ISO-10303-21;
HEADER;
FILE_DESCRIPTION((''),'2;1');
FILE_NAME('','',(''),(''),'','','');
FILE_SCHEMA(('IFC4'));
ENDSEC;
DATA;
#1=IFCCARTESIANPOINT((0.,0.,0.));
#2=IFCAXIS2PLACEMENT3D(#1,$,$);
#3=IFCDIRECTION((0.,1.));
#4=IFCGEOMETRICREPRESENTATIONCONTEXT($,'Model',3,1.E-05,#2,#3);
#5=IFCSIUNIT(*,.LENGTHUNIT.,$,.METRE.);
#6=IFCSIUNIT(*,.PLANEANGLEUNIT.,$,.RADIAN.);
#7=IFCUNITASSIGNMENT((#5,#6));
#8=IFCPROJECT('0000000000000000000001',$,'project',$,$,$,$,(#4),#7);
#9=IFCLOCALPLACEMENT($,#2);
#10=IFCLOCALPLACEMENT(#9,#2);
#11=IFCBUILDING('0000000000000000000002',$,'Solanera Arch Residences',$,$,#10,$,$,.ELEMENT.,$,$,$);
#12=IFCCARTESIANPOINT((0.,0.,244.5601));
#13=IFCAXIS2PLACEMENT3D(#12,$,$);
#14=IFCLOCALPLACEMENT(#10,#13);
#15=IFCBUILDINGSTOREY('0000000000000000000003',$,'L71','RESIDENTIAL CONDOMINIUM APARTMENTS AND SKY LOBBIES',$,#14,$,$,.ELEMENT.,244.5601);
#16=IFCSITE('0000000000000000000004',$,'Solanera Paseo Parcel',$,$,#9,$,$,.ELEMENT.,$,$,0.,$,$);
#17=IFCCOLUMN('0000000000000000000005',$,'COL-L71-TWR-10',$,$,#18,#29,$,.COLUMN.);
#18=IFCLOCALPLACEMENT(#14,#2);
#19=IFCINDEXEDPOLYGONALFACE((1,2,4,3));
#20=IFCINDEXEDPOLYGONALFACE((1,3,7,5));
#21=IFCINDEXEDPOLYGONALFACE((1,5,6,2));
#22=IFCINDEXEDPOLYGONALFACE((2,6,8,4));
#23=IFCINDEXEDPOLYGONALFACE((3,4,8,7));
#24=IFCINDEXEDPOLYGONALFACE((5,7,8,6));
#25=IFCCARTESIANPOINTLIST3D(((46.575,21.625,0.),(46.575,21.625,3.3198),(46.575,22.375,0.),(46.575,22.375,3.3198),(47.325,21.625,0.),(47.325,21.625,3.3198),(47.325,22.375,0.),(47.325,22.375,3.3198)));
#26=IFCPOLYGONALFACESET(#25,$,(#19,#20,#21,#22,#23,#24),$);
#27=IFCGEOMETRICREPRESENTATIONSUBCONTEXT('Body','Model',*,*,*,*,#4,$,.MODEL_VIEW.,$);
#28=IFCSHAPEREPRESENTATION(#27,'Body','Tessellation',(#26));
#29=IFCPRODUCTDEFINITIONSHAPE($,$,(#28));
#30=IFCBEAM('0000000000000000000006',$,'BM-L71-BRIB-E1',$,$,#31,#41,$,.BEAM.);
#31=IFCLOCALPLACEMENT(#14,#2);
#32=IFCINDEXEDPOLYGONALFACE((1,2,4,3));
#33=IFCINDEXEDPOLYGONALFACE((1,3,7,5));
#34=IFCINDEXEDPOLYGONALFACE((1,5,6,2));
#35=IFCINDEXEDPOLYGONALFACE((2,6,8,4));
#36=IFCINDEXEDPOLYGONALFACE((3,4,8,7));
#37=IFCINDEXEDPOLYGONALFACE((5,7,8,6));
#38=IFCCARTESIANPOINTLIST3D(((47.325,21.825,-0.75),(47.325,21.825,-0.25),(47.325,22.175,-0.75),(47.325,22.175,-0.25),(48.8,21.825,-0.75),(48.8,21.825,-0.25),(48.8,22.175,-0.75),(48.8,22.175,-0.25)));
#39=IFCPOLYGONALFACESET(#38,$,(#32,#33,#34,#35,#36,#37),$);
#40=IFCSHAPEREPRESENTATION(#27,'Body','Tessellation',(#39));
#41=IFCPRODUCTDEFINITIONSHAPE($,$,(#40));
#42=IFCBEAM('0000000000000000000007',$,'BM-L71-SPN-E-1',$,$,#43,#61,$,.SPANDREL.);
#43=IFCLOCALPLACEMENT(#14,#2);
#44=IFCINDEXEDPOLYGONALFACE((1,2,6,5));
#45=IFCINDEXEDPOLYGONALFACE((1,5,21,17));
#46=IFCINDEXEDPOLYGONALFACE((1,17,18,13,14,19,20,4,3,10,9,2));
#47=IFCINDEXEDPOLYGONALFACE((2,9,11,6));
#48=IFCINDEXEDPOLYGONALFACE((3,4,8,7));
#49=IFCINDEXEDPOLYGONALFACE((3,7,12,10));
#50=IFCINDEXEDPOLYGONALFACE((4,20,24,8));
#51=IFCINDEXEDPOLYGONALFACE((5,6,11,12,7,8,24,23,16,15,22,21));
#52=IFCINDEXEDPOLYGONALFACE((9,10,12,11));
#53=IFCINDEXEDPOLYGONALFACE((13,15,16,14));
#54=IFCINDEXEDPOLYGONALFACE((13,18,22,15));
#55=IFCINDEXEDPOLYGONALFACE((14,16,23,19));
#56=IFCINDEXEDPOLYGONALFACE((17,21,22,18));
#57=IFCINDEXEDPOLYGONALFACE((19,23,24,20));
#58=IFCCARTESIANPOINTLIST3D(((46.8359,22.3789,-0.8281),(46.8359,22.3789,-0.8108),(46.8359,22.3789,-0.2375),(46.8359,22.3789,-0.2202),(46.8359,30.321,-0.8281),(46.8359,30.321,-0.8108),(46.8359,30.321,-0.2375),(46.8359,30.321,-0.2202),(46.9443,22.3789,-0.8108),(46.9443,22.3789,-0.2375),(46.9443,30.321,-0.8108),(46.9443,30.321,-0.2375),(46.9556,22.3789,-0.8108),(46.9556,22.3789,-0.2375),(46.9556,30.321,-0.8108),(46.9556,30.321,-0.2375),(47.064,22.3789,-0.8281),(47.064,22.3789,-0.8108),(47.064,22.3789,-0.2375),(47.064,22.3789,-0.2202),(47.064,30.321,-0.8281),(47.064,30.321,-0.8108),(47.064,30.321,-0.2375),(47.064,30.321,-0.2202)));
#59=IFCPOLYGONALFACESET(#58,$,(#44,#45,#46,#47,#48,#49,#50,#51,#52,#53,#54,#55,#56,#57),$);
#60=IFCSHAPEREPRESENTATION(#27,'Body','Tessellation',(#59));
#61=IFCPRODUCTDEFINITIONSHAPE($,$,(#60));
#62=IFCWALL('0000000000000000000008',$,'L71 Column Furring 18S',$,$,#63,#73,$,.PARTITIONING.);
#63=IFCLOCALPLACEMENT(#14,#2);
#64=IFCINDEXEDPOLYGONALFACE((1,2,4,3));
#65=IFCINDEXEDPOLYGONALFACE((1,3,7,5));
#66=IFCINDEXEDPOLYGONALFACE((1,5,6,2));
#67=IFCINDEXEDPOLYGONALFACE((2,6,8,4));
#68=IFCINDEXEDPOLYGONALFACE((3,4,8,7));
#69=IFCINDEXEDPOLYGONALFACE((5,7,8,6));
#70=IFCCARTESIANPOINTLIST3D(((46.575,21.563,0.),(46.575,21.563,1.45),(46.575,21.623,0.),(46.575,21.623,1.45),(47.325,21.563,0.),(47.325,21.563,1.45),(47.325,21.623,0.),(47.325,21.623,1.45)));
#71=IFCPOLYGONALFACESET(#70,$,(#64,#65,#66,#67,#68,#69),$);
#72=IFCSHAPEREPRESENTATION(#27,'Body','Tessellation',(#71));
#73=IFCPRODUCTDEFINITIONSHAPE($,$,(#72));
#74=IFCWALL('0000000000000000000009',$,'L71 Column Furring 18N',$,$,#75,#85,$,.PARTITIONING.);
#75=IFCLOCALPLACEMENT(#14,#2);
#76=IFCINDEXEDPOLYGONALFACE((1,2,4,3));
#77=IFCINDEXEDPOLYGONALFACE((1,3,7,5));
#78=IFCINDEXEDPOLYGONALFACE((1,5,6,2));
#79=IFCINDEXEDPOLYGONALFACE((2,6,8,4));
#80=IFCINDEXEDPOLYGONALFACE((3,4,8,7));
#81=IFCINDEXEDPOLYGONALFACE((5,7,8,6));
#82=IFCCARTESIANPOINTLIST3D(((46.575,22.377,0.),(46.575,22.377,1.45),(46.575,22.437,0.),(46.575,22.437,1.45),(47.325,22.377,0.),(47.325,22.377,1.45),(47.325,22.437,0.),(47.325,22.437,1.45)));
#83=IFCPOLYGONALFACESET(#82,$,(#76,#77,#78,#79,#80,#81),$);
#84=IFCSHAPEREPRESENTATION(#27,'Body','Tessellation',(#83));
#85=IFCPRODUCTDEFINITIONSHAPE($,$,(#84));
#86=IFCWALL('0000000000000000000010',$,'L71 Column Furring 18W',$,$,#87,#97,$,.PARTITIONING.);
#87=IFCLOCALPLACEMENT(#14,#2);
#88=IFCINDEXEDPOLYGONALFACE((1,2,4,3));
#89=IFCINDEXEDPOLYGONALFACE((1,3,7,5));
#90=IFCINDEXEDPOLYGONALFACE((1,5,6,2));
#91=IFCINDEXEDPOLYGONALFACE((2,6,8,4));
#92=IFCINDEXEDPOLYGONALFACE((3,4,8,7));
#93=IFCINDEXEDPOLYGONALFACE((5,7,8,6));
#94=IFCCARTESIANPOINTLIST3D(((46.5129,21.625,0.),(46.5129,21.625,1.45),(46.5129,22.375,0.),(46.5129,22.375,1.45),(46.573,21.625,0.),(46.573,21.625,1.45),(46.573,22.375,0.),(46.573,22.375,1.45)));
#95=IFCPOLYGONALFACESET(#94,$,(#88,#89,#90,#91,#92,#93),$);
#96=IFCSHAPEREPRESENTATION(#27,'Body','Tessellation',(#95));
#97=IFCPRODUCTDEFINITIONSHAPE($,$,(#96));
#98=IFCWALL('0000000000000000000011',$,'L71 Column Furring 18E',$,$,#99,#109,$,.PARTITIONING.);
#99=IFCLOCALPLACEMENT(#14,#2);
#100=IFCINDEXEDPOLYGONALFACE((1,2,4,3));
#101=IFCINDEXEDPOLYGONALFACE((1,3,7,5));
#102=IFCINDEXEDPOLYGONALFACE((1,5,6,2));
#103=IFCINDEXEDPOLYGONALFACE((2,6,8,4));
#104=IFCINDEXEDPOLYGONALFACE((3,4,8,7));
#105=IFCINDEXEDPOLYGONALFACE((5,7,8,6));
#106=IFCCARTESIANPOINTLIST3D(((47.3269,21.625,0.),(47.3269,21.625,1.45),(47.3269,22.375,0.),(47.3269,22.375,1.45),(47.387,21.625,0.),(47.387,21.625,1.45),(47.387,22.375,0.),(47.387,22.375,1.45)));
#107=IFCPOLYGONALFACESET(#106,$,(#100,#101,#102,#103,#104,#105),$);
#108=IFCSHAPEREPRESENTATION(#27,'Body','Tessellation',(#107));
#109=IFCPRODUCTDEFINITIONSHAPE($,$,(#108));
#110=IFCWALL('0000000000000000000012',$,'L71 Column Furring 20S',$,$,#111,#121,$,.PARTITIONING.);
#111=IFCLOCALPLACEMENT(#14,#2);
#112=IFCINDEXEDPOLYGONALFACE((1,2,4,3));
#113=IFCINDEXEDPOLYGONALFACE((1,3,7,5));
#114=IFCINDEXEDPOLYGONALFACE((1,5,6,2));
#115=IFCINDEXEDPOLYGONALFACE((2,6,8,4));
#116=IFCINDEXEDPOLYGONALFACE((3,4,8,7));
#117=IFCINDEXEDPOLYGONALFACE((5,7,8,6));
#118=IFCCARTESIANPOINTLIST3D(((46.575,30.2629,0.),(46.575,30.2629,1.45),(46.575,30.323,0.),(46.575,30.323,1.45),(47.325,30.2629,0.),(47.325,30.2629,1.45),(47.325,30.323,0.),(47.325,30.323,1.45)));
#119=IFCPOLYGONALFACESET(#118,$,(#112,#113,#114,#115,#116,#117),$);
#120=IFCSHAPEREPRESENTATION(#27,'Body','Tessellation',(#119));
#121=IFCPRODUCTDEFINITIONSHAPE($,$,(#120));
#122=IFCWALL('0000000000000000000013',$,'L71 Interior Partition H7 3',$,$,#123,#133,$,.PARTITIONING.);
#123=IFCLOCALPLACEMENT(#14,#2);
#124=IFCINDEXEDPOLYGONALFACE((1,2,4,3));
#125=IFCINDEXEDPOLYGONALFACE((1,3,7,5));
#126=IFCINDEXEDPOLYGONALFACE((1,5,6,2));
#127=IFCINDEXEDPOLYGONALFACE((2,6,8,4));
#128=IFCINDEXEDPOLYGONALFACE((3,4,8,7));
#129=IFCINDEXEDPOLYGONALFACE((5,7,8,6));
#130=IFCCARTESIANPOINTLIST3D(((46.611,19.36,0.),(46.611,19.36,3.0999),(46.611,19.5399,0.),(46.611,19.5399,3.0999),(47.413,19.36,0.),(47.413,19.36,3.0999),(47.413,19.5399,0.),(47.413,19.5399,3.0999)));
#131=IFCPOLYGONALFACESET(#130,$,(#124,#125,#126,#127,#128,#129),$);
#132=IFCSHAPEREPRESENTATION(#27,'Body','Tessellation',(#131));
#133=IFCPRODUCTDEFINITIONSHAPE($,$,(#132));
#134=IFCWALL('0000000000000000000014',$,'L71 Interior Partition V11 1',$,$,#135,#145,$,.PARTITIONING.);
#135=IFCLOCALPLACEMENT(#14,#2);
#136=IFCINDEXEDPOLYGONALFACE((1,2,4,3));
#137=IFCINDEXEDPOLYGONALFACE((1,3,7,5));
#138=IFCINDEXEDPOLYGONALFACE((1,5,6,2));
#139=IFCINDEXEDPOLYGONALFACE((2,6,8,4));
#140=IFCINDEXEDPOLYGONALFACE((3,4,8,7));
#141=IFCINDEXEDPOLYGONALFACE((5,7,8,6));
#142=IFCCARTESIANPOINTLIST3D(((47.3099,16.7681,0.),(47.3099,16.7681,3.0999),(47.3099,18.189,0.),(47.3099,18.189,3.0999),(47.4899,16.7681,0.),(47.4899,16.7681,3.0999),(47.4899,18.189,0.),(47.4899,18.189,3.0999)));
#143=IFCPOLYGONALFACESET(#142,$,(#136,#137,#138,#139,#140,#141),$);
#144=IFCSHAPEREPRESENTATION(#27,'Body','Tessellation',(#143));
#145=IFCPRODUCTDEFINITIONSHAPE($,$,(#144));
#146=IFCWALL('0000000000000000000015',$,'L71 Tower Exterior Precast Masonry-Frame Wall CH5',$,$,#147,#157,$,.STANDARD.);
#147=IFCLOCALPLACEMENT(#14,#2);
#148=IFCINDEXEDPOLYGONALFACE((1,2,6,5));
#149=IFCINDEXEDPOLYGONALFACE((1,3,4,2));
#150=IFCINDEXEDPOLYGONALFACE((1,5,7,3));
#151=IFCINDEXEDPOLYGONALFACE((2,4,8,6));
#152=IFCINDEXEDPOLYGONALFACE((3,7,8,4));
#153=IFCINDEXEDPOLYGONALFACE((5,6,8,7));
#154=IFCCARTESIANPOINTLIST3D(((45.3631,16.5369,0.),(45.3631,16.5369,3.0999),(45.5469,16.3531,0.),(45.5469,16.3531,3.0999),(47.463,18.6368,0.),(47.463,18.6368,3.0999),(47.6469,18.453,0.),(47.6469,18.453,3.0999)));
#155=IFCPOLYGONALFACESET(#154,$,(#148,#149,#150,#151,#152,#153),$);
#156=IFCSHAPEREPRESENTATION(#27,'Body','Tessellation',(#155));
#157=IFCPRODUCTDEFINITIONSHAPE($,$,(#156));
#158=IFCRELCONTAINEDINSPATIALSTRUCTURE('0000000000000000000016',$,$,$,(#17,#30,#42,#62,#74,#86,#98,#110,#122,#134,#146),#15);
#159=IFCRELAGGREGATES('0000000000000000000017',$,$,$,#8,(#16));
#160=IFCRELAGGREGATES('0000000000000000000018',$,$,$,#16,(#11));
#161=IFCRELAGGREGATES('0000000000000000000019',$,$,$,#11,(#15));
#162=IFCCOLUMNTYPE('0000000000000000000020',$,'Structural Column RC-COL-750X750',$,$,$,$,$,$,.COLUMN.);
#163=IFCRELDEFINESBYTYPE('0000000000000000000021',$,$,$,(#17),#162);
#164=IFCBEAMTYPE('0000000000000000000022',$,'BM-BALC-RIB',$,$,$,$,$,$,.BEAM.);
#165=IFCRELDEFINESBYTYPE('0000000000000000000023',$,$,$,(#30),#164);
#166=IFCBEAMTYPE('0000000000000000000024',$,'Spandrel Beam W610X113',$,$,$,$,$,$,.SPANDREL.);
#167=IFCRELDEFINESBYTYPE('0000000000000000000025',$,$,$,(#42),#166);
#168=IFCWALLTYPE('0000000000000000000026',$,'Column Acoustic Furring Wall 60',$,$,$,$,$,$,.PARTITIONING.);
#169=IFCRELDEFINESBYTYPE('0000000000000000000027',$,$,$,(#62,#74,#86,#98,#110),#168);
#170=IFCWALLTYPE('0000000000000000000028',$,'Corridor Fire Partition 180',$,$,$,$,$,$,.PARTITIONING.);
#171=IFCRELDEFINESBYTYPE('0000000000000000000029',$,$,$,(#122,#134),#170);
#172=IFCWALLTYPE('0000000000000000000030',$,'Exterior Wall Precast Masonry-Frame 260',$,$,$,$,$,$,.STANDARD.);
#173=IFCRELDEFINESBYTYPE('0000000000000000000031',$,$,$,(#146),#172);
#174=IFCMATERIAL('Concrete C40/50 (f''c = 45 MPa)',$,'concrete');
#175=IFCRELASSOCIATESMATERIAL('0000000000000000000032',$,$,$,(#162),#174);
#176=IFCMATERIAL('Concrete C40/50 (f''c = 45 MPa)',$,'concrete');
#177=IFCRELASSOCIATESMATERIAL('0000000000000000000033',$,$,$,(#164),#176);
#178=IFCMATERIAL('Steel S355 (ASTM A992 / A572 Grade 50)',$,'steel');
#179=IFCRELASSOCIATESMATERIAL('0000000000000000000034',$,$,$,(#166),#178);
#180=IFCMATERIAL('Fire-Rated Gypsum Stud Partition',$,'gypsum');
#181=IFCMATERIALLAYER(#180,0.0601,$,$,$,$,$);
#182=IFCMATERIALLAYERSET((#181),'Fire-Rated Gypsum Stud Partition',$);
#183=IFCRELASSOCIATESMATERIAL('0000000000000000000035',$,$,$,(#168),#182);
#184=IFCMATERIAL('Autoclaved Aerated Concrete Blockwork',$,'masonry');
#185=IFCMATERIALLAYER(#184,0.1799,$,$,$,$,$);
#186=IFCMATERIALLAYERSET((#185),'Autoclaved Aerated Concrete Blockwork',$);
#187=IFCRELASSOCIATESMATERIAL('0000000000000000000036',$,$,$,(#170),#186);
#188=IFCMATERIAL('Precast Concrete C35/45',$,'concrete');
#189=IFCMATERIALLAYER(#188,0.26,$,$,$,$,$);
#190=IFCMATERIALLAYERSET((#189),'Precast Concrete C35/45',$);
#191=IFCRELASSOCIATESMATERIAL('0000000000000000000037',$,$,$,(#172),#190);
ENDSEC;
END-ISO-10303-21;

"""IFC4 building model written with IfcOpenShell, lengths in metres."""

from ifc_helpers import new_model, si_unit, direction, frame, frame_2d, origin, origin_2d, place, context, subcontext, project, spatial, rectangle, i_section, extrude, material, layer, layer_set, material_profile, profile_set, type_object, element, save


model = new_model("IFC4")

# Units and contexts
model_context = context("Model", 3, precision=1e-05, world=origin(), true_north=direction((0.0, 1.0)))
body_context = subcontext(model_context, "Body", "Model", "MODEL_VIEW")
ifc_project = project(units=[si_unit("LENGTHUNIT", "METRE"), si_unit("PLANEANGLEUNIT", "RADIAN")], contexts=[model_context])

# Site, building, storey
site_placement = place(None, origin())
site = spatial("IfcSite", under=ifc_project, at=site_placement, Name="Solanera Paseo Parcel", CompositionType="ELEMENT", RefElevation=0.0)
building_placement = place(site_placement, origin())
building = spatial("IfcBuilding", under=site, at=building_placement, Name="Solanera Arch Residences", CompositionType="ELEMENT")
storey_placement = place(building_placement, frame((0.0, 0.0, 244.5601)))
storey = spatial("IfcBuildingStorey", under=building, at=storey_placement, Name="L71", Description="RESIDENTIAL CONDOMINIUM APARTMENTS AND SKY LOBBIES", CompositionType="ELEMENT", Elevation=244.5601)

# Column
ifc_material_1 = material(Name="Concrete C40/50 (f'c = 45 MPa)", Category="concrete")
ifc_material_profile_1 = material_profile(ifc_material_1, rectangle(XDim=0.75, YDim=0.75, at=origin_2d()))
ifc_profile_set_1 = profile_set([ifc_material_profile_1], Name="Concrete C40/50 (f'c = 45 MPa)")
column_type = type_object("IfcColumnType", Name="Structural Column RC-COL-750X750", PredefinedType="COLUMN", material=ifc_profile_set_1)
column_placement = place(storey_placement, frame((46.95, 22.0, 0.0), z_axis=(0.0, 0.0, 1.0), x_axis=(1.0, 0.0, 0.0)))
element("IfcColumn", 1, at=column_placement, inside=storey, type_object=column_type, Name="COL-L71-TWR-10", PredefinedType="COLUMN", context=body_context, shape_type="SweptSolid", body=[
    extrude(rectangle(XDim=0.75, YDim=0.75, at=origin_2d()), origin(), (0.0, 0.0, 1.0), 3.3198),
])

# Beams
ifc_material_2 = material(Name="Concrete C40/50 (f'c = 45 MPa)", Category="concrete")
ifc_material_profile_2 = material_profile(ifc_material_2, rectangle(XDim=0.3501, YDim=0.5, at=origin_2d()))
ifc_profile_set_2 = profile_set([ifc_material_profile_2], Name="Concrete C40/50 (f'c = 45 MPa)")
beam_type_1 = type_object("IfcBeamType", Name="BM-BALC-RIB", PredefinedType="BEAM", material=ifc_profile_set_2)
beam_1_placement = place(storey_placement, frame((47.325, 22.0, -0.5), z_axis=(1.0, 0.0, 0.0), x_axis=(0.0, 1.0, 0.0)))
element("IfcBeam", 2, at=beam_1_placement, inside=storey, type_object=beam_type_1, Name="BM-L71-BRIB-E1", PredefinedType="BEAM", context=body_context, shape_type="SweptSolid", body=[
    extrude(rectangle(XDim=0.3501, YDim=0.5, at=origin_2d()), origin(), (0.0, 0.0, 1.0), 1.4751),
])
ifc_material_3 = material(Name="Steel S355 (ASTM A992 / A572 Grade 50)", Category="steel")
ifc_material_profile_3 = material_profile(ifc_material_3, i_section(OverallWidth=0.228, OverallDepth=0.6079, WebThickness=0.0112, FlangeThickness=0.0173, at=origin_2d()))
ifc_profile_set_3 = profile_set([ifc_material_profile_3], Name="Steel S355 (ASTM A992 / A572 Grade 50)")
beam_type_2 = type_object("IfcBeamType", Name="Spandrel Beam W610X113", PredefinedType="SPANDREL", material=ifc_profile_set_3)
beam_2_placement = place(storey_placement, frame((46.95, 22.3789, -0.5242), z_axis=(0.0, 1.0, 0.0), x_axis=(-1.0, 0.0, 0.0)))
element("IfcBeam", 3, at=beam_2_placement, inside=storey, type_object=beam_type_2, Name="BM-L71-SPN-E-1", PredefinedType="SPANDREL", context=body_context, shape_type="SweptSolid", body=[
    extrude(i_section(OverallWidth=0.228, OverallDepth=0.6079, WebThickness=0.0112, FlangeThickness=0.0173, at=origin_2d()), origin(), (0.0, 0.0, 1.0), 7.9421),
])

# Walls
ifc_material_4 = material(Name="Fire-Rated Gypsum Stud Partition", Category="gypsum")
ifc_layer_1 = layer(ifc_material_4, 0.0601)
ifc_layer_set_1 = layer_set([ifc_layer_1], Name="Fire-Rated Gypsum Stud Partition")
wall_type_1 = type_object("IfcWallType", Name="Column Acoustic Furring Wall 60", PredefinedType="PARTITIONING", material=ifc_layer_set_1)
for number, where, z_axis, x_axis, name in (
    (4, (46.575, 21.593, 0.0), (0.0, 0.0, 1.0), (1.0, 0.0, 0.0), "L71 Column Furring 18S"),
    (5, (46.575, 22.407, 0.0), (0.0, 0.0, 1.0), (1.0, 0.0, 0.0), "L71 Column Furring 18N"),
    (6, (46.543, 21.625, 0.0), (0.0, 0.0, 1.0), (0.0, 1.0, 0.0), "L71 Column Furring 18W"),
    (7, (47.3569, 21.625, 0.0), (0.0, 0.0, 1.0), (0.0, 1.0, 0.0), "L71 Column Furring 18E"),
    (8, (46.575, 30.293, 0.0), (0.0, 0.0, 1.0), (1.0, 0.0, 0.0), "L71 Column Furring 20S"),
):
    element("IfcWall", number, at=place(storey_placement, frame(where, z_axis=z_axis, x_axis=x_axis)), inside=storey, type_object=wall_type_1, Name=name, PredefinedType="PARTITIONING", context=body_context, shape_type="SweptSolid", body=[
        extrude(rectangle(XDim=0.75, YDim=0.0601, at=frame_2d((0.375, 0.0))), origin(), (0.0, 0.0, 1.0), 1.45),
    ])
ifc_material_5 = material(Name="Autoclaved Aerated Concrete Blockwork", Category="masonry")
ifc_layer_2 = layer(ifc_material_5, 0.1799)
ifc_layer_set_2 = layer_set([ifc_layer_2], Name="Autoclaved Aerated Concrete Blockwork")
wall_type_2 = type_object("IfcWallType", Name="Corridor Fire Partition 180", PredefinedType="PARTITIONING", material=ifc_layer_set_2)
wall_1_placement = place(storey_placement, frame((46.6111, 19.45, 0.0), z_axis=(0.0, 0.0, 1.0), x_axis=(1.0, 0.0, 0.0)))
element("IfcWall", 9, at=wall_1_placement, inside=storey, type_object=wall_type_2, Name="L71 Interior Partition H7 3", PredefinedType="PARTITIONING", context=body_context, shape_type="SweptSolid", body=[
    extrude(rectangle(XDim=0.802, YDim=0.1799, at=frame_2d((0.4009, 0.0))), origin(), (0.0, 0.0, 1.0), 3.0999),
])
wall_2_placement = place(storey_placement, frame((47.3999, 16.7681, 0.0), z_axis=(0.0, 0.0, 1.0), x_axis=(0.0, 1.0, 0.0)))
element("IfcWall", 10, at=wall_2_placement, inside=storey, type_object=wall_type_2, Name="L71 Interior Partition V11 1", PredefinedType="PARTITIONING", context=body_context, shape_type="SweptSolid", body=[
    extrude(rectangle(XDim=1.4209, YDim=0.1799, at=frame_2d((0.7104, 0.0))), origin(), (0.0, 0.0, 1.0), 3.0999),
])
ifc_material_6 = material(Name="Precast Concrete C35/45", Category="concrete")
ifc_layer_3 = layer(ifc_material_6, 0.26)
ifc_layer_set_3 = layer_set([ifc_layer_3], Name="Precast Concrete C35/45")
wall_type_3 = type_object("IfcWallType", Name="Exterior Wall Precast Masonry-Frame 260", PredefinedType="STANDARD", material=ifc_layer_set_3)
wall_3_placement = place(storey_placement, frame((47.5549, 18.5449, 0.0), z_axis=(0.0, 0.0, 1.0), x_axis=(-0.707107, -0.707107, 0.0)))
element("IfcWall", 11, at=wall_3_placement, inside=storey, type_object=wall_type_3, Name="L71 Tower Exterior Precast Masonry-Frame Wall CH5", PredefinedType="STANDARD", context=body_context, shape_type="SweptSolid", body=[
    extrude(rectangle(XDim=2.9697, YDim=0.26, at=frame_2d((1.4849, 0.0))), origin(), (0.0, 0.0, 1.0), 3.0999),
])

save(model, "model.ifc")
